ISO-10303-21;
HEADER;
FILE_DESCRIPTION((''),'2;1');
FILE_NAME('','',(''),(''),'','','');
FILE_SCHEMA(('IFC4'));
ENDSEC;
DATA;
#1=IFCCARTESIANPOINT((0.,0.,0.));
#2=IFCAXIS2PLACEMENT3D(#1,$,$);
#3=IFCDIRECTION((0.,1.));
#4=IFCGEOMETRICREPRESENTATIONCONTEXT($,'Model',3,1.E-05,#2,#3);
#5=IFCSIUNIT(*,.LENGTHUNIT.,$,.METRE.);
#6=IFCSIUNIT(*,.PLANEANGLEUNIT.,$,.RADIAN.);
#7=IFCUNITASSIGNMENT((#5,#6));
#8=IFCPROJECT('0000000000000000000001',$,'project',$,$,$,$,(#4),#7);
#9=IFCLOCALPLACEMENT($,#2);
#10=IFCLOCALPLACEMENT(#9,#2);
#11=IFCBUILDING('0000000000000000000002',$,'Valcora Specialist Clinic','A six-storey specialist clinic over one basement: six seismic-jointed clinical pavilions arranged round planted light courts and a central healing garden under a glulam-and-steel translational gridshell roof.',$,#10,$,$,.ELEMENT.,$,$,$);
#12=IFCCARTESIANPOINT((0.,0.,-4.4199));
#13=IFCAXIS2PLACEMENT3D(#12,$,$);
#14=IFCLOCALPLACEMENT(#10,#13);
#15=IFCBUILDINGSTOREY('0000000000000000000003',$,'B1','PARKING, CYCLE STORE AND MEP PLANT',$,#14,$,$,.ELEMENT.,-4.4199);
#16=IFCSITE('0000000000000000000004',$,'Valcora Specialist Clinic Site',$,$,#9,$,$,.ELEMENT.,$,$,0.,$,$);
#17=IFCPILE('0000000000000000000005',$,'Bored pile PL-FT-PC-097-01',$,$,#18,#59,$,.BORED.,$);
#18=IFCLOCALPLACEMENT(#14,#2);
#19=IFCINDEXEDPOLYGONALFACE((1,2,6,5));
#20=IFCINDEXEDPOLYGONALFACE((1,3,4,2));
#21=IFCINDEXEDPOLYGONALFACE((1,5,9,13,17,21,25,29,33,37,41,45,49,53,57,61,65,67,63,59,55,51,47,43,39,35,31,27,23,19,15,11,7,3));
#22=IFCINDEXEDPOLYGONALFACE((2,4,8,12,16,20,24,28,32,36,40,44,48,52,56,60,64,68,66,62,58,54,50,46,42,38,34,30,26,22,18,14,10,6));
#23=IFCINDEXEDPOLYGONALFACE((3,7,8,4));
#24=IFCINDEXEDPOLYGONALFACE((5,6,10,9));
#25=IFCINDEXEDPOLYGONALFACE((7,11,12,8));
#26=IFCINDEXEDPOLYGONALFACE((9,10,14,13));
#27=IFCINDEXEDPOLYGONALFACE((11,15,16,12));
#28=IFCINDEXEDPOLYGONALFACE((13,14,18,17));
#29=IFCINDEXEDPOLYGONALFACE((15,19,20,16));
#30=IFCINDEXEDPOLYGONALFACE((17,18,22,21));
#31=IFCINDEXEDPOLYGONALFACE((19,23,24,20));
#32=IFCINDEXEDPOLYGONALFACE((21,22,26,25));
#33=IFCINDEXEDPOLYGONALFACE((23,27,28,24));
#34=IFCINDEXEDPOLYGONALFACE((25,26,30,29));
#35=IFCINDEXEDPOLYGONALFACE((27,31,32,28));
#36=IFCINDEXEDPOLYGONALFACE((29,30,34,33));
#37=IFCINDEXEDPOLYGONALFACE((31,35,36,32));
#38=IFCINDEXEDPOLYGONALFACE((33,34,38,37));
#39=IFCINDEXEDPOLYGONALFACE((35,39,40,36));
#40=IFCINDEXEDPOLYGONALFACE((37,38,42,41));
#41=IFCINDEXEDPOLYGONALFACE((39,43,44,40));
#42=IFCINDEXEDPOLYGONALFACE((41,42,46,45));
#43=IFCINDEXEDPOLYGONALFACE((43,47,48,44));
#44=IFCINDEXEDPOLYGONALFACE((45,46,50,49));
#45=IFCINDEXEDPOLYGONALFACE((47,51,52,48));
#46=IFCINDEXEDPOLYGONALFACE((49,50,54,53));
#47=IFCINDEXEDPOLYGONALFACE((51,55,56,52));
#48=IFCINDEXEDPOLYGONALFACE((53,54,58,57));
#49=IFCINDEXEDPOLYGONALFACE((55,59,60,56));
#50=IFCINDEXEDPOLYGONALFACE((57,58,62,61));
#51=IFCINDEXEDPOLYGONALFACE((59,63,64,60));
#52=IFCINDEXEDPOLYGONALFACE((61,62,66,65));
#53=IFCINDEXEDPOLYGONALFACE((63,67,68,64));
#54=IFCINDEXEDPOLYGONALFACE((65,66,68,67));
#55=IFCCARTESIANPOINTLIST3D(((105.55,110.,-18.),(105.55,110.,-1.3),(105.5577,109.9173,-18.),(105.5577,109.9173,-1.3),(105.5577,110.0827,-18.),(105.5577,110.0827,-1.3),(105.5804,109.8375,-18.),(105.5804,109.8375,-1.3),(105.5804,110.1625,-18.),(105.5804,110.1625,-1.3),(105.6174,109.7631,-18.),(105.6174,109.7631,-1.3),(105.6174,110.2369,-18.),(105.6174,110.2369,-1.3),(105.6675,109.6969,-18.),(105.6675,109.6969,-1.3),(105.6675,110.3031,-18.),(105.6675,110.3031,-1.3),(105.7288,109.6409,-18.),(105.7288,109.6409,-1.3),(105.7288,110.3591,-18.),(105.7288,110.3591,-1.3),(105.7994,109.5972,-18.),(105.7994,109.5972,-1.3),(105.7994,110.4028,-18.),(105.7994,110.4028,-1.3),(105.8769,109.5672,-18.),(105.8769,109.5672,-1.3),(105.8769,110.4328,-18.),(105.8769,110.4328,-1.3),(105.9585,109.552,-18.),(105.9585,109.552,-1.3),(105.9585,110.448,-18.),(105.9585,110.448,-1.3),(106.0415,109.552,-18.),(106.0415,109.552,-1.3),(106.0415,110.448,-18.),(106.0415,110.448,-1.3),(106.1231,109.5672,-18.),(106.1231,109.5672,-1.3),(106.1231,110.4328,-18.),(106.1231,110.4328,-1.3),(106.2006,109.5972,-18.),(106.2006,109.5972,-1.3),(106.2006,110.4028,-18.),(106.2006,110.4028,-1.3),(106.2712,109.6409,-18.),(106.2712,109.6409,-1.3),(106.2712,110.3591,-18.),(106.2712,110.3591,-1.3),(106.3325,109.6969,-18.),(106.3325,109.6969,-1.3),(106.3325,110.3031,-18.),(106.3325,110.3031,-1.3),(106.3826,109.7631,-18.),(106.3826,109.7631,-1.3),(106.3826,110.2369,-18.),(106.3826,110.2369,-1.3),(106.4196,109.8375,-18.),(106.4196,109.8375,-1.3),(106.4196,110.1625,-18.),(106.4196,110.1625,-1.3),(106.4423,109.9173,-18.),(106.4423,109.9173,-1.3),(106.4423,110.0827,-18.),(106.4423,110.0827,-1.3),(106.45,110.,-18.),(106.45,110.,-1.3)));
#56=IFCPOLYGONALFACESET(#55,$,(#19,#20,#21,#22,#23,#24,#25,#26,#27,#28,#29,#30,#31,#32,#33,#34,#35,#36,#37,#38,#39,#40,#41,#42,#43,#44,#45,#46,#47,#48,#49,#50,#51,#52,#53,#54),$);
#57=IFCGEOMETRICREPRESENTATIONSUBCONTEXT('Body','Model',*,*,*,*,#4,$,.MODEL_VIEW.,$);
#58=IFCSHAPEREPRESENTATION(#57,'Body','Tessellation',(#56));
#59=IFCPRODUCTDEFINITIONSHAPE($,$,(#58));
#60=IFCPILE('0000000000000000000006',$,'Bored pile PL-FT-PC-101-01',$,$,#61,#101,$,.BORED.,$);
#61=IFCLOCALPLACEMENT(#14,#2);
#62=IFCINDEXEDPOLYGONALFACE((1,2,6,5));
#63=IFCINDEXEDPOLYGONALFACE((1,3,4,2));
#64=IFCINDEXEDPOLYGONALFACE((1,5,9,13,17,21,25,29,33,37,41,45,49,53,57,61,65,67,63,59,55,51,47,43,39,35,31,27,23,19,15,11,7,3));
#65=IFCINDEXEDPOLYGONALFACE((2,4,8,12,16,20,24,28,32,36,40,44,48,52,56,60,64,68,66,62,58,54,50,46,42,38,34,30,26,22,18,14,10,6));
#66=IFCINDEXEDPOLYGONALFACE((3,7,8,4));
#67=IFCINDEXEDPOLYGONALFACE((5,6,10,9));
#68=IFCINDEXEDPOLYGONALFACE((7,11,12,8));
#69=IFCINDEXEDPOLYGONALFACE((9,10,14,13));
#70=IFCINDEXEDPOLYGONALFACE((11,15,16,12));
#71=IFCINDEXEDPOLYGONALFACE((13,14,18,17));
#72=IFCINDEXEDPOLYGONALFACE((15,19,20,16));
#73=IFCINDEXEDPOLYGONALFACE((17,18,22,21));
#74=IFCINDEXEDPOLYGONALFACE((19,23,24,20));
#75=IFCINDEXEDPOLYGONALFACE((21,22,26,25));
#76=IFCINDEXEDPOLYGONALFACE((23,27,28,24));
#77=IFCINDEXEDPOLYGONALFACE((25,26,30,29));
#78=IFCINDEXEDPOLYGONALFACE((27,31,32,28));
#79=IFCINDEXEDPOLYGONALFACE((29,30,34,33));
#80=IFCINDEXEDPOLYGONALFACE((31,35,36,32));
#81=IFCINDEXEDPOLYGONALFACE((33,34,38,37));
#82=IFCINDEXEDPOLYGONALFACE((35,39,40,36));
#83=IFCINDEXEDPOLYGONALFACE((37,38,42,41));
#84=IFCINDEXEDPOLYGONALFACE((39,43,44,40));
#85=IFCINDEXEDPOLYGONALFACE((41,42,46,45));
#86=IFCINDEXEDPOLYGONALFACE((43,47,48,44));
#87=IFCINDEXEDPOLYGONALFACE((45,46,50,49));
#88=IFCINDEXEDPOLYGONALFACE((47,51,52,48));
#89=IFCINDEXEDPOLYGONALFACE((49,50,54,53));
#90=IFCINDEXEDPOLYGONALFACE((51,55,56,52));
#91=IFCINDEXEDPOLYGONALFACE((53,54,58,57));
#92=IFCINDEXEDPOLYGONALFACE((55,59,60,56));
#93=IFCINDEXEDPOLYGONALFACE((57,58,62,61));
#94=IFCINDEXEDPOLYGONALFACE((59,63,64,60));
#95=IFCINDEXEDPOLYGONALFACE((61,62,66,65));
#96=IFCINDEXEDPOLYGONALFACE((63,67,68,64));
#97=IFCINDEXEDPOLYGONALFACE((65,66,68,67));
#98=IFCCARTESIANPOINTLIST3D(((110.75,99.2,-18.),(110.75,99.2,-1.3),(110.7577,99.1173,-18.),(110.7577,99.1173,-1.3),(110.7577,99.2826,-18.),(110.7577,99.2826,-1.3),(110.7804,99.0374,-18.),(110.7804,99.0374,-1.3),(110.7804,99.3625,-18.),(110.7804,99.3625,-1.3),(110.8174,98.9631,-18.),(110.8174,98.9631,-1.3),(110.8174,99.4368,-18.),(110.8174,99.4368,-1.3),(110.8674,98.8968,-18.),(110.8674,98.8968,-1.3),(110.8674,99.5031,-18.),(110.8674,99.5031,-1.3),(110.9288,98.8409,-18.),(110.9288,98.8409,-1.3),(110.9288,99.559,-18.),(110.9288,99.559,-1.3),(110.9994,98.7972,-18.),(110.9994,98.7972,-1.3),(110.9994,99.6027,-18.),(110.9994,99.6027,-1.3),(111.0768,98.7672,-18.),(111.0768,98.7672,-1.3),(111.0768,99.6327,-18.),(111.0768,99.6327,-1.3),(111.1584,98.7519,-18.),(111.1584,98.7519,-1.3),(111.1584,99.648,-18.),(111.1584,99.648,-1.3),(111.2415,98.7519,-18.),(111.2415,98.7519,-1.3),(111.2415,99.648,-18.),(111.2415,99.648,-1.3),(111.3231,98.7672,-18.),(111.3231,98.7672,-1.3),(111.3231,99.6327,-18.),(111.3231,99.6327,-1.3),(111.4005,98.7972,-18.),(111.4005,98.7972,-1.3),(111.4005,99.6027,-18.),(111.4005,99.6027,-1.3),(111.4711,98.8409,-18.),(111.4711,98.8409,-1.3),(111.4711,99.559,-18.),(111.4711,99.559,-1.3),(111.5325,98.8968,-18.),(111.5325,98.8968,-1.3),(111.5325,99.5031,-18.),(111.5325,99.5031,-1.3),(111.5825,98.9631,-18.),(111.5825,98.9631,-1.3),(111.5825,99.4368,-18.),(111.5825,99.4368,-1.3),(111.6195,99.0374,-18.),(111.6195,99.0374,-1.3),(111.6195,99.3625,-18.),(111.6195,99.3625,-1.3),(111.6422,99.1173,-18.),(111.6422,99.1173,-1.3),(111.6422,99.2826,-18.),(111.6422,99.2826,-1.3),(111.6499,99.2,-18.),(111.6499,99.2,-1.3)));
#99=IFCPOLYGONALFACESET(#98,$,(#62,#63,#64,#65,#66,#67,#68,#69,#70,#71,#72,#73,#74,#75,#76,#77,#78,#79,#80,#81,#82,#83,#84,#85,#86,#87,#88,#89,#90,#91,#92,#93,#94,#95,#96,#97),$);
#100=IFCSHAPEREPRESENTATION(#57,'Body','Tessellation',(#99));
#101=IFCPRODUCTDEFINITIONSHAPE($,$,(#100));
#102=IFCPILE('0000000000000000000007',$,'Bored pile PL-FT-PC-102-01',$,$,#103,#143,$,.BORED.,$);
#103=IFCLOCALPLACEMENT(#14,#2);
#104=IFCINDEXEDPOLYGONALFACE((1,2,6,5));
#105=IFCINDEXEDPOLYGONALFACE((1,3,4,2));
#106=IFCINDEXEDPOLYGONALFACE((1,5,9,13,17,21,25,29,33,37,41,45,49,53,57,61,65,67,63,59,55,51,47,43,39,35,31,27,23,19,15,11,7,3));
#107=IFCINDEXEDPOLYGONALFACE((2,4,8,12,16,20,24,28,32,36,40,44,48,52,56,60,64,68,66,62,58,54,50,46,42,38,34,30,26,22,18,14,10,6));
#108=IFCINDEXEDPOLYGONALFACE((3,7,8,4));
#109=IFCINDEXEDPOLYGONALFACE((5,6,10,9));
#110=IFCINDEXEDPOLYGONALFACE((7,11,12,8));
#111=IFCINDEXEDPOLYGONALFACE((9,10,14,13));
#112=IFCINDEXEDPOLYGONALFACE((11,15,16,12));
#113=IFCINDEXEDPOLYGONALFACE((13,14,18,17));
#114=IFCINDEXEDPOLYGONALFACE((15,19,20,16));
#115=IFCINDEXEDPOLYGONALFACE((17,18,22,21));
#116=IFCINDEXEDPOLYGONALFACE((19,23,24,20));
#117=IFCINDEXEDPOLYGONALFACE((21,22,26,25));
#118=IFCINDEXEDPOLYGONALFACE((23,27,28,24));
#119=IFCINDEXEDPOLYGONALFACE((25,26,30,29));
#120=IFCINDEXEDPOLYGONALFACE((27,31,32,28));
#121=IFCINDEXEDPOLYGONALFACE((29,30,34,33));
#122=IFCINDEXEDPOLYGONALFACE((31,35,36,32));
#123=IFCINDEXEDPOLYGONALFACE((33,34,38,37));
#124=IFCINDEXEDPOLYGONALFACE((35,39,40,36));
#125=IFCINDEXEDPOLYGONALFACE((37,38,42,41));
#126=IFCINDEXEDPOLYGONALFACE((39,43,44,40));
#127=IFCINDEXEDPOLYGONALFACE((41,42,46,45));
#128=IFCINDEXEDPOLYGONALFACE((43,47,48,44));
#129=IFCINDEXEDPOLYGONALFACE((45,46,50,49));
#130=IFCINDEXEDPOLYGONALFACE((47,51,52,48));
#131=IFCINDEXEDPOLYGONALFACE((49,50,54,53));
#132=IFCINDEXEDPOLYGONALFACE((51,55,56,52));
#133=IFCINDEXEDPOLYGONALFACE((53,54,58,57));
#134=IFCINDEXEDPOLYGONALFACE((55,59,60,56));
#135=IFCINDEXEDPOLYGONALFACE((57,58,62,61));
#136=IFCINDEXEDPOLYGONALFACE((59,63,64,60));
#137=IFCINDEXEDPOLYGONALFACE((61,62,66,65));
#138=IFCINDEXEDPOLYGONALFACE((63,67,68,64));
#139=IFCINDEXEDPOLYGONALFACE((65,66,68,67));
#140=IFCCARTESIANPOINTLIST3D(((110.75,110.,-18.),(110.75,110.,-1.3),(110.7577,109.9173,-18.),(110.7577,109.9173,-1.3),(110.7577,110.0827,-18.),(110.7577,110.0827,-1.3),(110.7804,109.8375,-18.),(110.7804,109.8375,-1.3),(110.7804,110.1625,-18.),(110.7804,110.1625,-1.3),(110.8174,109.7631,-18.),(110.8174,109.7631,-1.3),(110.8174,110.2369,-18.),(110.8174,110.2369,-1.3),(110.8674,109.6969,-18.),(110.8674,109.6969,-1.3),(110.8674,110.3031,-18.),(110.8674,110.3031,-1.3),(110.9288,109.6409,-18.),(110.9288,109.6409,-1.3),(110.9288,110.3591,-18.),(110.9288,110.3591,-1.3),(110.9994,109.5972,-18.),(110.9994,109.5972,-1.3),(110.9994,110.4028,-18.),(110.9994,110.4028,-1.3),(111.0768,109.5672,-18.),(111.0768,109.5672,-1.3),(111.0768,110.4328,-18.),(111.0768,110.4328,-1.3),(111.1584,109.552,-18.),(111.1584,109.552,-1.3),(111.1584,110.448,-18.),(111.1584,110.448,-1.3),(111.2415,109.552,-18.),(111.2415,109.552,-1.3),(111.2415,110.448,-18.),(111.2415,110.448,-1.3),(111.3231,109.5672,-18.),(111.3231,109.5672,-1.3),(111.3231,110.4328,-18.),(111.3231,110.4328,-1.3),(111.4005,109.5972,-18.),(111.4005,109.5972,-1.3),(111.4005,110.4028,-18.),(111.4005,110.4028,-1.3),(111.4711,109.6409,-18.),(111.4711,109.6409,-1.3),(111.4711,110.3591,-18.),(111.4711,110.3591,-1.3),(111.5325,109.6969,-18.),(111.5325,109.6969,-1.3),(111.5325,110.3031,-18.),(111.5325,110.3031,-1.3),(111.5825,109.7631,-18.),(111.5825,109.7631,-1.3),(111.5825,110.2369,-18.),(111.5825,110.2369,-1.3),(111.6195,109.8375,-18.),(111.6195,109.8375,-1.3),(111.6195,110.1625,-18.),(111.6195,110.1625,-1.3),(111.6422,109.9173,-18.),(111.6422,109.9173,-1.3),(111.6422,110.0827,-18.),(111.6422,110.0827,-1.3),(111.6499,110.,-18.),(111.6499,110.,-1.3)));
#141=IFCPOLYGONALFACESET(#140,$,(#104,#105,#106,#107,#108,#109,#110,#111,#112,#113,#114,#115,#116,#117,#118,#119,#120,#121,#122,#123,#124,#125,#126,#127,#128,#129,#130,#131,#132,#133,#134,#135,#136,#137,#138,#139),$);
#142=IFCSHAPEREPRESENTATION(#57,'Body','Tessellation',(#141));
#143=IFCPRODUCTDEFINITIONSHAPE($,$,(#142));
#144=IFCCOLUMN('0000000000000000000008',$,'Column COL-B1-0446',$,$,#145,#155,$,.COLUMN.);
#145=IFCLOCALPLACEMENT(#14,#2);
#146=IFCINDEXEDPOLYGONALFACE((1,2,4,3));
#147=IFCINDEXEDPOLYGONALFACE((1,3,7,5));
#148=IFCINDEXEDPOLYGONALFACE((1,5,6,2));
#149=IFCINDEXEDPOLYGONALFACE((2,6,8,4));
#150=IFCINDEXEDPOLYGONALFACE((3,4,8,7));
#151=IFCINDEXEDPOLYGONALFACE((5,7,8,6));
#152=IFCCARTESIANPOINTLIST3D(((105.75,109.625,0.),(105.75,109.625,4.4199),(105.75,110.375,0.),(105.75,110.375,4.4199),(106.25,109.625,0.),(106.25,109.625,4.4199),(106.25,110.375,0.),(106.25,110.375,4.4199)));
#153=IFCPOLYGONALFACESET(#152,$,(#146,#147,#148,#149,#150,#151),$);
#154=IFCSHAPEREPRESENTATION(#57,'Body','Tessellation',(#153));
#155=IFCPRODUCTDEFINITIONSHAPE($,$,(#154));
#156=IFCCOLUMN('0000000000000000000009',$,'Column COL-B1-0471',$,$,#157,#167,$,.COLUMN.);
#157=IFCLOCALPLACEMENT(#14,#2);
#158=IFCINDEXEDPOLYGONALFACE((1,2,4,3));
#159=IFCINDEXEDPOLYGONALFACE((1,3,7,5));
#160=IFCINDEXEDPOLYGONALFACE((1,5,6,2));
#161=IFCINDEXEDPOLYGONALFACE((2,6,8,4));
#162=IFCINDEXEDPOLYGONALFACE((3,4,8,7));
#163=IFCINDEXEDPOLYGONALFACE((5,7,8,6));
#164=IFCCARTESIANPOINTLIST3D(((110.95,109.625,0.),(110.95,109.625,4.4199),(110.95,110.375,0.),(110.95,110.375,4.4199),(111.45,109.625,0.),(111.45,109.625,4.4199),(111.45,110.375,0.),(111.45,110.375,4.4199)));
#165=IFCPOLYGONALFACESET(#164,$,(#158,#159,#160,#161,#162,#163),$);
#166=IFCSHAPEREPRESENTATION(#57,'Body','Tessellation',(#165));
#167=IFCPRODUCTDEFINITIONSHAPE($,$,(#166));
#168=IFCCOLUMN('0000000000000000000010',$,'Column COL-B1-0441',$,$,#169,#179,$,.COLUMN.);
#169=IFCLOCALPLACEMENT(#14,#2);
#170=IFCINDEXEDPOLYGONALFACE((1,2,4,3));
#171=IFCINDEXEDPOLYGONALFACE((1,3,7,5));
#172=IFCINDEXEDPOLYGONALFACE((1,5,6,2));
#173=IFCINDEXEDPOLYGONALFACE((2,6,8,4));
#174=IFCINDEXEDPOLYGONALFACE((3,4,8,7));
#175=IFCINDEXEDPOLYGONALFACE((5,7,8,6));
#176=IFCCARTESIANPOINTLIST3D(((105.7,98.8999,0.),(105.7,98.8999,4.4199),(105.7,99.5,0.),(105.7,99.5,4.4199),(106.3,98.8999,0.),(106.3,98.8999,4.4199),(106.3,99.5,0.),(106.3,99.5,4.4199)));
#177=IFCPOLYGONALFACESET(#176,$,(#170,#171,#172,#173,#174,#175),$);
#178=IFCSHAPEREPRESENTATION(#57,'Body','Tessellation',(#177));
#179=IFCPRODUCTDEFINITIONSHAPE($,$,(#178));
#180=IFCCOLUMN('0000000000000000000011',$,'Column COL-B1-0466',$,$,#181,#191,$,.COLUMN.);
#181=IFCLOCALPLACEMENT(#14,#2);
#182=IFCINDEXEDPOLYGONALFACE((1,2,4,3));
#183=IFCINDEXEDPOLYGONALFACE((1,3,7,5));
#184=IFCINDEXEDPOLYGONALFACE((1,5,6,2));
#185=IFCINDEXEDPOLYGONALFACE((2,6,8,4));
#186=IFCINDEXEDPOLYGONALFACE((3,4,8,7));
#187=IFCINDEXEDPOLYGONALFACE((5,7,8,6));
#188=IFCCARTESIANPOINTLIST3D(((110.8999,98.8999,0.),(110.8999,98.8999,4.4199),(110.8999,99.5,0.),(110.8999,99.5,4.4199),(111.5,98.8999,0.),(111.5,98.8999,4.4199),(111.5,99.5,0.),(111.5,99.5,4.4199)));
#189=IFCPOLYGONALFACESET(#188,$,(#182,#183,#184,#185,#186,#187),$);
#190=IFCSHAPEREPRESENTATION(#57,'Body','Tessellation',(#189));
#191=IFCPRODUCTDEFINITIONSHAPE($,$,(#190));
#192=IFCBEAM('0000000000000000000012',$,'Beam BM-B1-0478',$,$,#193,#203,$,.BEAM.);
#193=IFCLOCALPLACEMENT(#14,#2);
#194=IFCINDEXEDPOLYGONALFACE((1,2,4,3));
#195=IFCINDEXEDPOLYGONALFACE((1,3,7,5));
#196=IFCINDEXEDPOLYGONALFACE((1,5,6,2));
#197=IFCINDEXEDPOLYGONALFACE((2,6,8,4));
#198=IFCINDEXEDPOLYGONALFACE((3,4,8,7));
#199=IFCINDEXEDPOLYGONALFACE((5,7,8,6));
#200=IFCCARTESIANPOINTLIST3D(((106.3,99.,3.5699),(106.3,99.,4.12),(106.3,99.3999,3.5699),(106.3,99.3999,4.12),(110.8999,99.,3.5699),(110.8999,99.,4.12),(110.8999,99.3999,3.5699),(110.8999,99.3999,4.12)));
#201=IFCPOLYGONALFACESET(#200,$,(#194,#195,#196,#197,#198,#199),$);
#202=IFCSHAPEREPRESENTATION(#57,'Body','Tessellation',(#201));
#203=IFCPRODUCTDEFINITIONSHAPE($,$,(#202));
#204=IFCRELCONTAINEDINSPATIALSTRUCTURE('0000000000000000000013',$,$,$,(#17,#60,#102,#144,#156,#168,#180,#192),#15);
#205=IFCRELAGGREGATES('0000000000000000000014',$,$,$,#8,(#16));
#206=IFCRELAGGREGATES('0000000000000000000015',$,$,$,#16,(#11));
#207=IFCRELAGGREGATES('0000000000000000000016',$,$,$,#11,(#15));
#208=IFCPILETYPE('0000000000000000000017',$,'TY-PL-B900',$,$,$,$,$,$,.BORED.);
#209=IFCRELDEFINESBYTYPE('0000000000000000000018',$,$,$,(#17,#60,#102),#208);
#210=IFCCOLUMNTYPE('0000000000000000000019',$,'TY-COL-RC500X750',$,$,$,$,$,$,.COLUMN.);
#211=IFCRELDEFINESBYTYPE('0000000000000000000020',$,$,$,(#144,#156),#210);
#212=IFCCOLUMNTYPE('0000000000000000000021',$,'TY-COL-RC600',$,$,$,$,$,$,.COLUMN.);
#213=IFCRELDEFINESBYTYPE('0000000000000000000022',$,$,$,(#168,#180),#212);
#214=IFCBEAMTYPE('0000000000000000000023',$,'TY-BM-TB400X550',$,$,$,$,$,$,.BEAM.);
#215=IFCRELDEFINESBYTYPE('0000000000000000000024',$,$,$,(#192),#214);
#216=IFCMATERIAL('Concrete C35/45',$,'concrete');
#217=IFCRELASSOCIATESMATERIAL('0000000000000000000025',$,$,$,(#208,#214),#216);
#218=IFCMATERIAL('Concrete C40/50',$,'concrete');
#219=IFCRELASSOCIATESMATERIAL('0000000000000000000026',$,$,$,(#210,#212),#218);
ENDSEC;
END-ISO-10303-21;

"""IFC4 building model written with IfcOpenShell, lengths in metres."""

from ifc_helpers import new_model, si_unit, direction, frame, origin, origin_2d, place, context, subcontext, project, spatial, rectangle, circle, extrude, material, material_profile, profile_set, type_object, element, save


model = new_model("IFC4")

# Units and contexts
model_context = context("Model", 3, precision=1e-05, world=origin(), true_north=direction((0.0, 1.0)))
body_context = subcontext(model_context, "Body", "Model", "MODEL_VIEW")
ifc_project = project(units=[si_unit("LENGTHUNIT", "METRE"), si_unit("PLANEANGLEUNIT", "RADIAN")], contexts=[model_context])

# Site, building, storey
site_placement = place(None, origin())
site = spatial("IfcSite", under=ifc_project, at=site_placement, Name="Valcora Specialist Clinic Site", CompositionType="ELEMENT", RefElevation=0.0)
building_placement = place(site_placement, origin())
building = spatial("IfcBuilding", under=site, at=building_placement, Name="Valcora Specialist Clinic", Description="A six-storey specialist clinic over one basement: six seismic-jointed clinical pavilions arranged round planted light courts and a central healing garden under a glulam-and-steel translational gridshell roof.", CompositionType="ELEMENT")
storey_placement = place(building_placement, frame((0.0, 0.0, -4.4199)))
storey = spatial("IfcBuildingStorey", under=building, at=storey_placement, Name="B1", Description="PARKING, CYCLE STORE AND MEP PLANT", CompositionType="ELEMENT", Elevation=-4.4199)

# Shared definitions
ifc_material_1 = material(Name="Concrete C35/45", Category="concrete")

# Piles
ifc_material_profile_1 = material_profile(ifc_material_1, circle(Radius=0.45, at=origin_2d()), Name="RC-PIL-D900")
ifc_profile_set_1 = profile_set([ifc_material_profile_1], Name="Concrete C35/45")
pile_type_1 = type_object("IfcPileType", Name="TY-PL-B900", PredefinedType="BORED", material=ifc_profile_set_1)
for number, where, z_axis, x_axis, name in (
    (1, (106.0, 110.0, -1.3), (0.0, 0.0, -1.0), (1.0, 0.0, 0.0), "Bored pile PL-FT-PC-097-01"),
    (2, (111.2, 99.2, -1.3), (0.0, 0.0, -1.0), (1.0, 0.0, 0.0), "Bored pile PL-FT-PC-101-01"),
    (3, (111.2, 110.0, -1.3), (0.0, 0.0, -1.0), (1.0, 0.0, 0.0), "Bored pile PL-FT-PC-102-01"),
):
    element("IfcPile", number, at=place(storey_placement, frame(where, z_axis=z_axis, x_axis=x_axis)), inside=storey, type_object=pile_type_1, Name=name, PredefinedType="BORED", context=body_context, shape_type="SweptSolid", body=[
        extrude(circle(Radius=0.45, at=origin_2d()), origin(), (0.0, 0.0, 1.0), 16.7),
    ])

# Columns
ifc_material_2 = material(Name="Concrete C40/50", Category="concrete")
ifc_material_profile_2 = material_profile(ifc_material_2, rectangle(XDim=0.5, YDim=0.75, at=origin_2d()), Name="RC-COL-500X750")
ifc_profile_set_2 = profile_set([ifc_material_profile_2], Name="Concrete C40/50")
column_type_1 = type_object("IfcColumnType", Name="TY-COL-RC500X750", PredefinedType="COLUMN", material=ifc_profile_set_2)
for number, where, z_axis, x_axis, name in (
    (4, (106.0, 110.0, 0.0), (0.0, 0.0, 1.0), (1.0, 0.0, 0.0), "Column COL-B1-0446"),
    (5, (111.2, 110.0, 0.0), (0.0, 0.0, 1.0), (1.0, 0.0, 0.0), "Column COL-B1-0471"),
):
    element("IfcColumn", number, at=place(storey_placement, frame(where, z_axis=z_axis, x_axis=x_axis)), inside=storey, type_object=column_type_1, Name=name, PredefinedType="COLUMN", context=body_context, shape_type="SweptSolid", body=[
        extrude(rectangle(XDim=0.5, YDim=0.75, at=origin_2d()), origin(), (0.0, 0.0, 1.0), 4.4199),
    ])
ifc_material_profile_3 = material_profile(ifc_material_2, rectangle(XDim=0.6001, YDim=0.6001, at=origin_2d()), Name="RC-COL-600X600")
ifc_profile_set_3 = profile_set([ifc_material_profile_3], Name="Concrete C40/50")
column_type_2 = type_object("IfcColumnType", Name="TY-COL-RC600", PredefinedType="COLUMN", material=ifc_profile_set_3)
for number, where, z_axis, x_axis, name in (
    (6, (106.0, 99.2, 0.0), (0.0, 0.0, 1.0), (1.0, 0.0, 0.0), "Column COL-B1-0441"),
    (7, (111.2, 99.2, 0.0), (0.0, 0.0, 1.0), (1.0, 0.0, 0.0), "Column COL-B1-0466"),
):
    element("IfcColumn", number, at=place(storey_placement, frame(where, z_axis=z_axis, x_axis=x_axis)), inside=storey, type_object=column_type_2, Name=name, PredefinedType="COLUMN", context=body_context, shape_type="SweptSolid", body=[
        extrude(rectangle(XDim=0.6001, YDim=0.6001, at=origin_2d()), origin(), (0.0, 0.0, 1.0), 4.4199),
    ])

# Beam
ifc_material_profile_4 = material_profile(ifc_material_1, rectangle(XDim=0.3999, YDim=0.55, at=origin_2d()), Name="RC-TB-400X550")
ifc_profile_set_4 = profile_set([ifc_material_profile_4], Name="Concrete C35/45")
beam_type = type_object("IfcBeamType", Name="TY-BM-TB400X550", PredefinedType="BEAM", material=ifc_profile_set_4)
beam_1_placement = place(storey_placement, frame((106.3, 99.2, 3.845), z_axis=(1.0, 0.0, 0.0), x_axis=(0.0, 1.0, 0.0)))
element("IfcBeam", 8, at=beam_1_placement, inside=storey, type_object=beam_type, Name="Beam BM-B1-0478", PredefinedType="BEAM", context=body_context, shape_type="SweptSolid", body=[
    extrude(rectangle(XDim=0.3999, YDim=0.55, at=origin_2d()), origin(), (0.0, 0.0, 1.0), 4.5999),
])

save(model, "model.ifc")
